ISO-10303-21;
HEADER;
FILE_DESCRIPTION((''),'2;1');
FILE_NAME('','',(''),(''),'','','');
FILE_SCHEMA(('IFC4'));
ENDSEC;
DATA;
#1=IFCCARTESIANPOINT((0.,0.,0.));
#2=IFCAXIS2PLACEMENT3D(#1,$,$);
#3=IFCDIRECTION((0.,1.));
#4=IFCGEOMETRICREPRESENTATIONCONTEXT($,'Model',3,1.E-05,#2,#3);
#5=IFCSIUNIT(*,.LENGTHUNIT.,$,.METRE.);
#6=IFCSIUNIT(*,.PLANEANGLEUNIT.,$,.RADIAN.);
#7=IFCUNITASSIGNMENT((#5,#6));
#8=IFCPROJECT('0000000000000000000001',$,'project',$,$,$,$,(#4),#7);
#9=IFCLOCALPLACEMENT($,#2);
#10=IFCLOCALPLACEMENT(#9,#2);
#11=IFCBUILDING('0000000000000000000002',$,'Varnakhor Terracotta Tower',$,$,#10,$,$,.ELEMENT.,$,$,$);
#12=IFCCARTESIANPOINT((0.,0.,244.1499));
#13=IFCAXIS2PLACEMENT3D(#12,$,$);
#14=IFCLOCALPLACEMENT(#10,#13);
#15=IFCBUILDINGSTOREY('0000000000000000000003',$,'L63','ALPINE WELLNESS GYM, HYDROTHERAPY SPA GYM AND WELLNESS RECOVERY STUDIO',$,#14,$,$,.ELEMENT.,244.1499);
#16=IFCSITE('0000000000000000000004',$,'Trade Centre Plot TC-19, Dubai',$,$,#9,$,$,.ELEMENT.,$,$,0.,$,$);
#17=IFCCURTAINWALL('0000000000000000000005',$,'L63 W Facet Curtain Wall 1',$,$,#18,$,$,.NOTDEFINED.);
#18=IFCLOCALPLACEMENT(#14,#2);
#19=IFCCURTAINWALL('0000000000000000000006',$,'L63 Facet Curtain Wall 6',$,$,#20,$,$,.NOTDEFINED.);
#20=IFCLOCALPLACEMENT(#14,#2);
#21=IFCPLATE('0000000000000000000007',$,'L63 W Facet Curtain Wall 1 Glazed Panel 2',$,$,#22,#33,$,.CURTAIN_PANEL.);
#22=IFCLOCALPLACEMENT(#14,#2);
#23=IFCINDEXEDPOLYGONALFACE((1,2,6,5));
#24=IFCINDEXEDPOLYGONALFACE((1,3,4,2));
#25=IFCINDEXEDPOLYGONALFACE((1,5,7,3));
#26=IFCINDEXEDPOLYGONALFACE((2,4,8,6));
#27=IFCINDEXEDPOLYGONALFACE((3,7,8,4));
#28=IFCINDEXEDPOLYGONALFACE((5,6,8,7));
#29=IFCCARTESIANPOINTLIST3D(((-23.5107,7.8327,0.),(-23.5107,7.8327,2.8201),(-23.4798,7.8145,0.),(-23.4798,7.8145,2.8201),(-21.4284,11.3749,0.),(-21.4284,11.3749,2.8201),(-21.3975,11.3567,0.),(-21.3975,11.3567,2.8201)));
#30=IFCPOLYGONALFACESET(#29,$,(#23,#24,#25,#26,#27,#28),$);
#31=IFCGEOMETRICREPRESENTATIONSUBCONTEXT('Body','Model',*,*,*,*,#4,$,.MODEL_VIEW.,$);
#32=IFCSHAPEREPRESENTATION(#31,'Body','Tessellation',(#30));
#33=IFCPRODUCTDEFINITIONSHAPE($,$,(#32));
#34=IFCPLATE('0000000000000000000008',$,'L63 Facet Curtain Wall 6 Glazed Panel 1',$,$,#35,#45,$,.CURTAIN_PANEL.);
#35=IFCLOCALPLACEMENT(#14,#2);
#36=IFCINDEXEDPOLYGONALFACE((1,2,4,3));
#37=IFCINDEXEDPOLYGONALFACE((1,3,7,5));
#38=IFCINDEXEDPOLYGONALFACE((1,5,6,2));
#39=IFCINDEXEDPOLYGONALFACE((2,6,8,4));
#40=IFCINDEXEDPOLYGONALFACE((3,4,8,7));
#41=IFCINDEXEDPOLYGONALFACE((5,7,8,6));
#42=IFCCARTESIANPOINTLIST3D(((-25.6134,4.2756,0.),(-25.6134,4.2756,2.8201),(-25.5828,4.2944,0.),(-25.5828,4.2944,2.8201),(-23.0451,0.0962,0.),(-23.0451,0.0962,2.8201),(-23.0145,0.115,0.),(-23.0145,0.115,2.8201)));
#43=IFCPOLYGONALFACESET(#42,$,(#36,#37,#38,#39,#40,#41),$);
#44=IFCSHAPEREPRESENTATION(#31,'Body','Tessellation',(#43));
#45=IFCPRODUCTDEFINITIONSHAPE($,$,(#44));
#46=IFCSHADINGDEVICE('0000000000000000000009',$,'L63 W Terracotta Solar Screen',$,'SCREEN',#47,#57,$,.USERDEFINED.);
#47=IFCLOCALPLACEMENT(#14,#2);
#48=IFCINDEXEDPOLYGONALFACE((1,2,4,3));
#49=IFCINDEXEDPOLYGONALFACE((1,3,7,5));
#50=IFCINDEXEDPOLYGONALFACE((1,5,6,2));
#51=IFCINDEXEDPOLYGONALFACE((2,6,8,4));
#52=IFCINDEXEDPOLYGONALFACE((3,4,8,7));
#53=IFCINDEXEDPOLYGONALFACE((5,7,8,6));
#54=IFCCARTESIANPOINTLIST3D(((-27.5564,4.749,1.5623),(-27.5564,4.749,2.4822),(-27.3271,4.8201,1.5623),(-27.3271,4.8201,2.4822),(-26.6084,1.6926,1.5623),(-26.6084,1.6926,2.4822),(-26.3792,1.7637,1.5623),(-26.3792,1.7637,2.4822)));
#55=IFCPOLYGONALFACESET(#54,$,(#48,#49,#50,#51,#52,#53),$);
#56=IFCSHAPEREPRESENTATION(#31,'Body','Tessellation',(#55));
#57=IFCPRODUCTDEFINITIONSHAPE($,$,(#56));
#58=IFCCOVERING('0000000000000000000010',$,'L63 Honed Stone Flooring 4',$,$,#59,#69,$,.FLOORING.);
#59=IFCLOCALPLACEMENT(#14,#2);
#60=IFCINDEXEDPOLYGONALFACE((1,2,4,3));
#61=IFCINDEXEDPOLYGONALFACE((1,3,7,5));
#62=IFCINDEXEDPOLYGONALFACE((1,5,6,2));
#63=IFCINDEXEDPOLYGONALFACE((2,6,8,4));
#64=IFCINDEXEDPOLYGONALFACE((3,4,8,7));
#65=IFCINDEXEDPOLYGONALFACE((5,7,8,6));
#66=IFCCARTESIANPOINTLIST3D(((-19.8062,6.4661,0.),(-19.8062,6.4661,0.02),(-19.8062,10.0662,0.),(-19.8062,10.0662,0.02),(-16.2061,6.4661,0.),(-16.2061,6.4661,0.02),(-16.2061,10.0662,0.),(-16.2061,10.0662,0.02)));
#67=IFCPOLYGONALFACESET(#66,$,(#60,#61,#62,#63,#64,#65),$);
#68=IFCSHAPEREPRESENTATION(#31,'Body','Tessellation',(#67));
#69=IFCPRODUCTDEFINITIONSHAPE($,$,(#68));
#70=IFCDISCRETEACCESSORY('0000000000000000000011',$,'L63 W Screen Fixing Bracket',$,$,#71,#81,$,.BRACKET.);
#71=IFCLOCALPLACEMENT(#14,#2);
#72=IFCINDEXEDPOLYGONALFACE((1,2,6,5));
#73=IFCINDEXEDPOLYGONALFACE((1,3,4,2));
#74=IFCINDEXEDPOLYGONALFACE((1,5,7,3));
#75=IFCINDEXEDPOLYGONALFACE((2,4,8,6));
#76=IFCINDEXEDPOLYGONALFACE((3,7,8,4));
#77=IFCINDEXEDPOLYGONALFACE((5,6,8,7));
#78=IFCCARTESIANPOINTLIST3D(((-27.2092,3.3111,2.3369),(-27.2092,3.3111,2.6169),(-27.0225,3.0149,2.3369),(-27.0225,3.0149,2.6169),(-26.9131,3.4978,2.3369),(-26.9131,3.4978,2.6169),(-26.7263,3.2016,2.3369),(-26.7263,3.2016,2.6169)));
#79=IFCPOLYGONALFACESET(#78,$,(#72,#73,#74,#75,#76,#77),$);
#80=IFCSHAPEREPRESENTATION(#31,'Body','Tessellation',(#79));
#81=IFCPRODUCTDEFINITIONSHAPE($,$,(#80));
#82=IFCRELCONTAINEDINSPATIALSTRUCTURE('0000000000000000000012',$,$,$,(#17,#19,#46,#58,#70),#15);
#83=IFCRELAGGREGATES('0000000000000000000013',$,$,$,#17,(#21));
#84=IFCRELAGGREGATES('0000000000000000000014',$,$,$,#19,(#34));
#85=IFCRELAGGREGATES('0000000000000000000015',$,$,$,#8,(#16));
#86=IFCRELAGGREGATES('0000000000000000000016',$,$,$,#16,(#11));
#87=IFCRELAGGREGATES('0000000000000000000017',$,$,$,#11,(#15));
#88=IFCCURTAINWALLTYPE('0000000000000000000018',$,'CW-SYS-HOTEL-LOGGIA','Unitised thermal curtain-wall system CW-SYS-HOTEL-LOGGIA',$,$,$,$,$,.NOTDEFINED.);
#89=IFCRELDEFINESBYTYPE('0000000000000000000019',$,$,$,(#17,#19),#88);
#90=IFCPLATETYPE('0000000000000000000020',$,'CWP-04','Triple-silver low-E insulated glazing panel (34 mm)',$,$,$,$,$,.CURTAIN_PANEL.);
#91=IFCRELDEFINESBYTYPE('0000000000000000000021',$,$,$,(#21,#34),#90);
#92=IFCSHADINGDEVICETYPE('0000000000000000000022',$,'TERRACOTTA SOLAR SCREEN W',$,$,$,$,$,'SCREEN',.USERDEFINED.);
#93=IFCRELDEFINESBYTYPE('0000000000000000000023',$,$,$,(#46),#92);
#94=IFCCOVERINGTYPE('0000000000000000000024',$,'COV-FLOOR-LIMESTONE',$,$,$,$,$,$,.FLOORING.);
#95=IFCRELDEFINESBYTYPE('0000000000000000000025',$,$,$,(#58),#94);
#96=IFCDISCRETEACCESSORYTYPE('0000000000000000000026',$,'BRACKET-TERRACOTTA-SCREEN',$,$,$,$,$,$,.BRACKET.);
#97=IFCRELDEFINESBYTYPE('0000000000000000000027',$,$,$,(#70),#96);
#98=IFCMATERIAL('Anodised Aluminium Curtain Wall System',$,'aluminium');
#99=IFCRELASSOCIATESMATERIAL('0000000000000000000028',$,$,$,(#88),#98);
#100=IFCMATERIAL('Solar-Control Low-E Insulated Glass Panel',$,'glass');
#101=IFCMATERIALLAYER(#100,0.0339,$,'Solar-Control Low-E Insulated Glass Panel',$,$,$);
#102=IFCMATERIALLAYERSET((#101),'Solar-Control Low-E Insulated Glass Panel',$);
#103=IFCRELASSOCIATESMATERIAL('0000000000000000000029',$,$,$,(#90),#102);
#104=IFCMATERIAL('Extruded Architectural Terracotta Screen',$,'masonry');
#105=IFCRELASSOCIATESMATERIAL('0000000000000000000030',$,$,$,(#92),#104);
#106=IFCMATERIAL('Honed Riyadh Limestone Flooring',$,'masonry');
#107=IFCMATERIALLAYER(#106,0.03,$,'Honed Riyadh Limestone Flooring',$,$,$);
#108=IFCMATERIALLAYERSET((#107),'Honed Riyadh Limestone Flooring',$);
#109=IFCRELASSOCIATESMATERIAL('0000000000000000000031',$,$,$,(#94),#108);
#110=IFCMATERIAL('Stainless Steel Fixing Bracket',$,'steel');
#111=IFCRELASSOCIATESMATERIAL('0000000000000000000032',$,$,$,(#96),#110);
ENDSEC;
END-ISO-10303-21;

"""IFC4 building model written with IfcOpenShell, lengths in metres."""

from ifc_helpers import new_model, si_unit, direction, frame, origin, origin_2d, place, context, subcontext, project, spatial, rectangle, extrude, source, transform, mapped, material, layer, layer_set, type_object, type_shapes, element, aggregate, save


model = new_model("IFC4")

# Units and contexts
model_context = context("Model", 3, precision=1e-05, world=origin(), true_north=direction((0.0, 1.0)))
body_context = subcontext(model_context, "Body", "Model", "MODEL_VIEW")
ifc_project = project(units=[si_unit("LENGTHUNIT", "METRE"), si_unit("PLANEANGLEUNIT", "RADIAN")], contexts=[model_context])

# Site, building, storey
site_placement = place(None, origin())
site = spatial("IfcSite", under=ifc_project, at=site_placement, Name="Trade Centre Plot TC-19, Dubai", CompositionType="ELEMENT", RefElevation=0.0)
building_placement = place(site_placement, origin())
building = spatial("IfcBuilding", under=site, at=building_placement, Name="Varnakhor Terracotta Tower", CompositionType="ELEMENT")
storey_placement = place(building_placement, frame((0.0, 0.0, 244.1499)))
storey = spatial("IfcBuildingStorey", under=building, at=storey_placement, Name="L63", Description="ALPINE WELLNESS GYM, HYDROTHERAPY SPA GYM AND WELLNESS RECOVERY STUDIO", CompositionType="ELEMENT", Elevation=244.1499)

# Curtain wall
ifc_material_1 = material(Name="Anodised Aluminium Curtain Wall System", Category="aluminium")
curtain_wall_type = type_object("IfcCurtainWallType", Name="CW-SYS-HOTEL-LOGGIA", Description="Unitised thermal curtain-wall system CW-SYS-HOTEL-LOGGIA", PredefinedType="NOTDEFINED", material=ifc_material_1)
curtain_wall_1_placement = place(storey_placement, origin())
curtain_wall_1 = element("IfcCurtainWall", 1, at=curtain_wall_1_placement, inside=storey, type_object=curtain_wall_type, Name="L63 W Facet Curtain Wall 1", PredefinedType="NOTDEFINED")

# Curtain wall
curtain_wall_2_placement = place(storey_placement, origin())
curtain_wall_2 = element("IfcCurtainWall", 2, at=curtain_wall_2_placement, inside=storey, type_object=curtain_wall_type, Name="L63 Facet Curtain Wall 6", PredefinedType="NOTDEFINED")

# Plates
ifc_material_2 = material(Name="Solar-Control Low-E Insulated Glass Panel", Category="glass")
ifc_layer_1 = layer(ifc_material_2, 0.0339, Name="Solar-Control Low-E Insulated Glass Panel")
ifc_layer_set_1 = layer_set([ifc_layer_1], Name="Solar-Control Low-E Insulated Glass Panel")
plate_type = type_object("IfcPlateType", Name="CWP-04", Description="Triple-silver low-E insulated glazing panel (34 mm)", PredefinedType="CURTAIN_PANEL", material=ifc_layer_set_1)
shared_shape_1 = source(origin(), body_context, "Body", "SweptSolid", [
    extrude(rectangle(XDim=4.1089, YDim=0.0359, at=origin_2d()), origin(), (0.0, 0.0, 1.0), 2.8201),
])
plate_1_placement = place(storey_placement, frame((-22.4541, 9.5947, 0.0), z_axis=(0.0, 0.0, 1.0), x_axis=(0.506771, 0.862081, 0.0)))
plate_1 = element("IfcPlate", 3, at=plate_1_placement, type_object=plate_type, Name="L63 W Facet Curtain Wall 1 Glazed Panel 2", PredefinedType="CURTAIN_PANEL", context=body_context, shape_type="MappedRepresentation", body=[
    mapped(shared_shape_1, transform((0.0, 0.0, 0.0), scale=1.0)),
])
aggregate(curtain_wall_1, [plate_1])
shared_shape_2 = source(origin(), body_context, "Body", "SweptSolid", [
    extrude(rectangle(XDim=4.9055, YDim=0.0359, at=origin_2d()), origin(), (0.0, 0.0, 1.0), 2.8201),
])
plate_2_placement = place(storey_placement, frame((-24.314, 2.1953, 0.0), z_axis=(0.0, 0.0, 1.0), x_axis=(-0.523555, 0.851992, 0.0)))
plate_2 = element("IfcPlate", 4, at=plate_2_placement, type_object=plate_type, Name="L63 Facet Curtain Wall 6 Glazed Panel 1", PredefinedType="CURTAIN_PANEL", context=body_context, shape_type="MappedRepresentation", body=[
    mapped(shared_shape_2, transform((0.0, 0.0, 0.0), scale=1.0)),
])
aggregate(curtain_wall_2, [plate_2])

# Shading device
ifc_material_3 = material(Name="Extruded Architectural Terracotta Screen", Category="masonry")
shading_device_type = type_object("IfcShadingDeviceType", Name="TERRACOTTA SOLAR SCREEN W", ElementType="SCREEN", PredefinedType="USERDEFINED", material=ifc_material_3)
shared_shape_3 = source(origin(), body_context, "Body", "SweptSolid", [
    extrude(rectangle(XDim=3.2, YDim=0.24, at=origin_2d()), origin(), (0.0, 0.0, 1.0), 0.9199),
])
type_shapes(shading_device_type, [shared_shape_3])
shading_device_placement = place(storey_placement, frame((-26.9678, 3.2563, 1.5623), z_axis=(0.0, 0.0, 1.0), x_axis=(0.296242, -0.955113, 0.0)))
element("IfcShadingDevice", 5, at=shading_device_placement, inside=storey, type_object=shading_device_type, Name="L63 W Terracotta Solar Screen", ObjectType="SCREEN", PredefinedType="USERDEFINED", context=body_context, shape_type="MappedRepresentation", body=[
    mapped(shared_shape_3, transform((0.0, 0.0, 0.0), scale=1.0)),
])

# Covering
ifc_material_4 = material(Name="Honed Riyadh Limestone Flooring", Category="masonry")
ifc_layer_2 = layer(ifc_material_4, 0.03, Name="Honed Riyadh Limestone Flooring")
ifc_layer_set_2 = layer_set([ifc_layer_2], Name="Honed Riyadh Limestone Flooring")
covering_type = type_object("IfcCoveringType", Name="COV-FLOOR-LIMESTONE", PredefinedType="FLOORING", material=ifc_layer_set_2)
shared_shape_4 = source(origin(), body_context, "Body", "SweptSolid", [
    extrude(rectangle(XDim=3.6001, YDim=3.6001, at=origin_2d()), origin(), (0.0, 0.0, 1.0), 0.02),
])
covering_placement = place(storey_placement, frame((-18.0061, 8.2661, 0.0), z_axis=(0.0, 0.0, 1.0), x_axis=(1.0, 0.0, 0.0)))
element("IfcCovering", 6, at=covering_placement, inside=storey, type_object=covering_type, Name="L63 Honed Stone Flooring 4", PredefinedType="FLOORING", context=body_context, shape_type="MappedRepresentation", body=[
    mapped(shared_shape_4, transform((0.0, 0.0, 0.0), scale=1.0)),
])

# Discrete accessory
ifc_material_5 = material(Name="Stainless Steel Fixing Bracket", Category="steel")
discrete_accessory_type = type_object("IfcDiscreteAccessoryType", Name="BRACKET-TERRACOTTA-SCREEN", PredefinedType="BRACKET", material=ifc_material_5)
shared_shape_5 = source(origin(), body_context, "Body", "SweptSolid", [
    extrude(rectangle(XDim=0.3501, YDim=0.3501, at=origin_2d()), origin(), (0.0, 0.0, 1.0), 0.28),
])
type_shapes(discrete_accessory_type, [shared_shape_5])
discrete_accessory_placement = place(storey_placement, frame((-26.9678, 3.2563, 2.3369), z_axis=(0.0, 0.0, 1.0), x_axis=(0.533349, -0.845895, 0.0)))
element("IfcDiscreteAccessory", 7, at=discrete_accessory_placement, inside=storey, type_object=discrete_accessory_type, Name="L63 W Screen Fixing Bracket", PredefinedType="BRACKET", context=body_context, shape_type="MappedRepresentation", body=[
    mapped(shared_shape_5, transform((0.0, 0.0, 0.0), scale=1.0)),
])

save(model, "model.ifc")
